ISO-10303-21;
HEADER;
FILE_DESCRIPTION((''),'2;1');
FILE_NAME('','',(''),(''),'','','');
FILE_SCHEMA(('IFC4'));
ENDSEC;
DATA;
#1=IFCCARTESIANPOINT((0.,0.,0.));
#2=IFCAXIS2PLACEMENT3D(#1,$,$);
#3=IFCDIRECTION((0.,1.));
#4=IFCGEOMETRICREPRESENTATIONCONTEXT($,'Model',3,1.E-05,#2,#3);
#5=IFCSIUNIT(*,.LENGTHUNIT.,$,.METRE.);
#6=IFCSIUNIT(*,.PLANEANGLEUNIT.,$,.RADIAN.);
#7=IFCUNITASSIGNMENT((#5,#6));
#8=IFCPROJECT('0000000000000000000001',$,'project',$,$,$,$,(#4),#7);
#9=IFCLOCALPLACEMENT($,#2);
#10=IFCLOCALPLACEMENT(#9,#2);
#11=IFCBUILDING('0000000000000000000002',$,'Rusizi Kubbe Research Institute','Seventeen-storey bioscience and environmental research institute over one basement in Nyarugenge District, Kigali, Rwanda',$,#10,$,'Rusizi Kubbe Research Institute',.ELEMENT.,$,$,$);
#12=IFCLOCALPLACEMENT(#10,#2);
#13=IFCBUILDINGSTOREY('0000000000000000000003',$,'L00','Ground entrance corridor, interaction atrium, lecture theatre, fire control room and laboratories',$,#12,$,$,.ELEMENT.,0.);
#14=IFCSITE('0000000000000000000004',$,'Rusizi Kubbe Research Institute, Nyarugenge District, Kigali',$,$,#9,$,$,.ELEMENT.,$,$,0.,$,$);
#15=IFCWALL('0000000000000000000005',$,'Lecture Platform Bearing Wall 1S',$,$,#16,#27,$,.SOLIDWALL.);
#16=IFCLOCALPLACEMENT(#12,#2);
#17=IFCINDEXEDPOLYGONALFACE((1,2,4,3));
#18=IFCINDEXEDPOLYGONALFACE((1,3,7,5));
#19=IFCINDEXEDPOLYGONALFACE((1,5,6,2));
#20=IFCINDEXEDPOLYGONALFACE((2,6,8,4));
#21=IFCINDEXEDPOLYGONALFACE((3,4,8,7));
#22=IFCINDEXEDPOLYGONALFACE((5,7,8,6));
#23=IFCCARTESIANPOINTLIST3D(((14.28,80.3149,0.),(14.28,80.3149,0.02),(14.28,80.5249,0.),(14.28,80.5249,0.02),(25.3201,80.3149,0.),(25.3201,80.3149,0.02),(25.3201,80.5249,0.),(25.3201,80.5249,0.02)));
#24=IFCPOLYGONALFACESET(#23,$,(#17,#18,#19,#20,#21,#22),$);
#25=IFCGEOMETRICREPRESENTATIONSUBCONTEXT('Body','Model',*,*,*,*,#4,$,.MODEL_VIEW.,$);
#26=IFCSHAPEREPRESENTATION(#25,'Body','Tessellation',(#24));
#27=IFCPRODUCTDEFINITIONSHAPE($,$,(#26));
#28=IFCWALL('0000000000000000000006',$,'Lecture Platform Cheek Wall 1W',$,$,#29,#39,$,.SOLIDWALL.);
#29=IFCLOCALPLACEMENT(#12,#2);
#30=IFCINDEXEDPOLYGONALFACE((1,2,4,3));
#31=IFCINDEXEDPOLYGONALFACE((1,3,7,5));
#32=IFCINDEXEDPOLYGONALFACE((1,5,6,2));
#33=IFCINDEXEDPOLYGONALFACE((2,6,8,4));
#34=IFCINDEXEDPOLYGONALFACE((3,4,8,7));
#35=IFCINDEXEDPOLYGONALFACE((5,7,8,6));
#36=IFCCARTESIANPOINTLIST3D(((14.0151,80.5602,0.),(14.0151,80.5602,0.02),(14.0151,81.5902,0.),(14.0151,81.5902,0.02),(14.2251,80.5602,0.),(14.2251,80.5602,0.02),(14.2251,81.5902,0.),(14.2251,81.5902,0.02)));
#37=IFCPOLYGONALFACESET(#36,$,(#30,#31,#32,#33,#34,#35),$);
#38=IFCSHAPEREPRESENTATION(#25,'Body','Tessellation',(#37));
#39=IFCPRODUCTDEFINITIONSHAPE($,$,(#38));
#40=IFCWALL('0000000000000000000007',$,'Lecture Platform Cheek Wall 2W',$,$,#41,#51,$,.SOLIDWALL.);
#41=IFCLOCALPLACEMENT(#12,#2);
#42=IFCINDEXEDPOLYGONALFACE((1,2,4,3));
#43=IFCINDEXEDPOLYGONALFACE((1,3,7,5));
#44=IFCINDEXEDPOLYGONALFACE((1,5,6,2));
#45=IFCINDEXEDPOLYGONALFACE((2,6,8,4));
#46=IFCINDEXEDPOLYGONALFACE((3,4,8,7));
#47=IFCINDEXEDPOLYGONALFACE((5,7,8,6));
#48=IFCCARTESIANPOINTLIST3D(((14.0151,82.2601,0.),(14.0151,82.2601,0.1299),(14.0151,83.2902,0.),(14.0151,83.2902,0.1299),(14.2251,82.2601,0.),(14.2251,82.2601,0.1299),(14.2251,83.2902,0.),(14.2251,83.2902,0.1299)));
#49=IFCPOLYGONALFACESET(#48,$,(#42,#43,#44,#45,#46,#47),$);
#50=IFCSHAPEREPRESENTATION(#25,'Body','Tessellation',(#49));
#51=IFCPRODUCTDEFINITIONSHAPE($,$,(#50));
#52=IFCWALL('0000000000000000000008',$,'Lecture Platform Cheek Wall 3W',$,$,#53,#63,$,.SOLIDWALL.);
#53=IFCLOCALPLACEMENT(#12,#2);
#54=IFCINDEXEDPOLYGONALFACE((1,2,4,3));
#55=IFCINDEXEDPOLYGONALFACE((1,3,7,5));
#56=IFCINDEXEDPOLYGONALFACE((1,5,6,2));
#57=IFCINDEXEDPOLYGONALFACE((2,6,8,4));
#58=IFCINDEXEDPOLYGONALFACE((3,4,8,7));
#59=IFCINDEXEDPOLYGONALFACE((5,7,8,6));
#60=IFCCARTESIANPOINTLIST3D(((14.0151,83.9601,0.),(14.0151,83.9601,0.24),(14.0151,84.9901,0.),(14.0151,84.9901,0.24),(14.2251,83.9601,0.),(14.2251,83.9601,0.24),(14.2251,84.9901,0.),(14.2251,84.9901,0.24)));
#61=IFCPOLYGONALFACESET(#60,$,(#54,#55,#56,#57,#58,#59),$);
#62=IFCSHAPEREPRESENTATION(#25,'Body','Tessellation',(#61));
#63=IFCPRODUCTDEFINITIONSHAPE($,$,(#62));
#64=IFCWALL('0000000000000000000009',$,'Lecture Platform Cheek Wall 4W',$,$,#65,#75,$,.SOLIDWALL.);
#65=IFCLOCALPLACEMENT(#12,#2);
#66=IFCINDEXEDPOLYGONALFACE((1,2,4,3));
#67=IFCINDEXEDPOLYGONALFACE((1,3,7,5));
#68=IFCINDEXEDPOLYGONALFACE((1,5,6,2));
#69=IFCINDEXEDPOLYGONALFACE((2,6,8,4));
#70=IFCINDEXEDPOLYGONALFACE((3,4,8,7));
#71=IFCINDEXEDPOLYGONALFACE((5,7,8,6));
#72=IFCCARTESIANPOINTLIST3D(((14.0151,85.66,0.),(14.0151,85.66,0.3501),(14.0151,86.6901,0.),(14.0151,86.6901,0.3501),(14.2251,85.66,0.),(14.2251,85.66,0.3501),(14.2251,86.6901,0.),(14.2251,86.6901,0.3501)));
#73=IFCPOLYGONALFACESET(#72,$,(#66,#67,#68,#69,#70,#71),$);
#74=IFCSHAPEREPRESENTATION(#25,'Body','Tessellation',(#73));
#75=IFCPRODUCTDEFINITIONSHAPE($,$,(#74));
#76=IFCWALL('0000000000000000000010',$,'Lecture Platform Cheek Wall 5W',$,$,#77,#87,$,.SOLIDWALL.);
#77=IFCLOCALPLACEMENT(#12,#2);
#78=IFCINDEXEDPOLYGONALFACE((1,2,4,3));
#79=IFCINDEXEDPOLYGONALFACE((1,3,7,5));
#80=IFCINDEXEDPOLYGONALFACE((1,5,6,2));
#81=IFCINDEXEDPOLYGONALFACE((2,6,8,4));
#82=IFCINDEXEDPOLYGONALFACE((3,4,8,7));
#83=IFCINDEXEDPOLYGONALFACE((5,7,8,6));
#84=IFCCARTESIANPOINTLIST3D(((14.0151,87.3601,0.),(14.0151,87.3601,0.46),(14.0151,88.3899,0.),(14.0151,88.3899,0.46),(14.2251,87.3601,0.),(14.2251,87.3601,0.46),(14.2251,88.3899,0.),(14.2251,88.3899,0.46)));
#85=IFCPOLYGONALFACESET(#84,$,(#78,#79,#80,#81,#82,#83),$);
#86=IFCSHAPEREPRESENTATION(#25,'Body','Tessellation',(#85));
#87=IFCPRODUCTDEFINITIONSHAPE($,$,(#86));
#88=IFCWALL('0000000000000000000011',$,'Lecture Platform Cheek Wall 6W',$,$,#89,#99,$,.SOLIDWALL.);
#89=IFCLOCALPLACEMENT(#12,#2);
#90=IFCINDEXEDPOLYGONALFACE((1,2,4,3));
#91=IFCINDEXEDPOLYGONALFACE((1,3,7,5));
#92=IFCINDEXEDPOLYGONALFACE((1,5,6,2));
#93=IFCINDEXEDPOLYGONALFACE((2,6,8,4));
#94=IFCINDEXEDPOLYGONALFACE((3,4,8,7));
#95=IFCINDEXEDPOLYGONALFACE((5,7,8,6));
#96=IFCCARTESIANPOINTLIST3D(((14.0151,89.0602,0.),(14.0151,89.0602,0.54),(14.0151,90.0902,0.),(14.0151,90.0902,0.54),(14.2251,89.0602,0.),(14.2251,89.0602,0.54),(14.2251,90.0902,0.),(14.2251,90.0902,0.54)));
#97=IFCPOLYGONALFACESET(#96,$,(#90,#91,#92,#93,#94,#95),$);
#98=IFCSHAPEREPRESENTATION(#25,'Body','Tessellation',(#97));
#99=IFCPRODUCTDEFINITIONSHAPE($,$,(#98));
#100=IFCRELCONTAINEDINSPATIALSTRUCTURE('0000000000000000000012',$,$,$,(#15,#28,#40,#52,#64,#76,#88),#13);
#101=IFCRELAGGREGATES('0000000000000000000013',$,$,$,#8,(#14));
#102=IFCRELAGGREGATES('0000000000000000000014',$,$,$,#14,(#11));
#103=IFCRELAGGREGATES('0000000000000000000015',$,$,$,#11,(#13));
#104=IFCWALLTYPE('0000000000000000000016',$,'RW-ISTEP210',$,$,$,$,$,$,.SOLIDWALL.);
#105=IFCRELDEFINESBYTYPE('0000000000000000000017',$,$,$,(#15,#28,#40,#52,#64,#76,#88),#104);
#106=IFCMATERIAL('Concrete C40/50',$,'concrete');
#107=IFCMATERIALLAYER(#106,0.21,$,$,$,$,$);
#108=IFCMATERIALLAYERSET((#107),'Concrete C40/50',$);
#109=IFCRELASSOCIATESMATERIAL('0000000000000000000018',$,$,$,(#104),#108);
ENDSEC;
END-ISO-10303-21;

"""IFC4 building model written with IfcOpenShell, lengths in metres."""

from ifc_helpers import new_model, si_unit, direction, frame, frame_2d, origin, place, context, subcontext, project, spatial, rectangle, extrude, material, layer, layer_set, type_object, element, save


model = new_model("IFC4")

# Units and contexts
model_context = context("Model", 3, precision=1e-05, world=origin(), true_north=direction((0.0, 1.0)))
body_context = subcontext(model_context, "Body", "Model", "MODEL_VIEW")
ifc_project = project(units=[si_unit("LENGTHUNIT", "METRE"), si_unit("PLANEANGLEUNIT", "RADIAN")], contexts=[model_context])

# Site, building, storey
site_placement = place(None, origin())
site = spatial("IfcSite", under=ifc_project, at=site_placement, Name="Rusizi Kubbe Research Institute, Nyarugenge District, Kigali", CompositionType="ELEMENT", RefElevation=0.0)
building_placement = place(site_placement, origin())
building = spatial("IfcBuilding", under=site, at=building_placement, Name="Rusizi Kubbe Research Institute", Description="Seventeen-storey bioscience and environmental research institute over one basement in Nyarugenge District, Kigali, Rwanda", LongName="Rusizi Kubbe Research Institute", CompositionType="ELEMENT")
storey_placement = place(building_placement, origin())
storey = spatial("IfcBuildingStorey", under=building, at=storey_placement, Name="L00", Description="Ground entrance corridor, interaction atrium, lecture theatre, fire control room and laboratories", CompositionType="ELEMENT", Elevation=0.0)

# Walls
ifc_material_1 = material(Name="Concrete C40/50", Category="concrete")
ifc_layer_1 = layer(ifc_material_1, 0.21)
ifc_layer_set_1 = layer_set([ifc_layer_1], Name="Concrete C40/50")
wall_type_1 = type_object("IfcWallType", Name="RW-ISTEP210", PredefinedType="SOLIDWALL", material=ifc_layer_set_1)
wall_1_placement = place(storey_placement, frame((14.28, 80.4199, 0.0), z_axis=(0.0, 0.0, 1.0), x_axis=(1.0, 0.0, 0.0)))
element("IfcWall", 1, at=wall_1_placement, inside=storey, type_object=wall_type_1, Name="Lecture Platform Bearing Wall 1S", PredefinedType="SOLIDWALL", context=body_context, shape_type="SweptSolid", body=[
    extrude(rectangle(XDim=11.04, YDim=0.21, at=frame_2d((5.52, 0.0))), origin(), (0.0, 0.0, 1.0), 0.02),
])
wall_2_placement = place(storey_placement, frame((14.1201, 80.5601, 0.0), z_axis=(0.0, 0.0, 1.0), x_axis=(0.0, 1.0, 0.0)))
element("IfcWall", 2, at=wall_2_placement, inside=storey, type_object=wall_type_1, Name="Lecture Platform Cheek Wall 1W", PredefinedType="SOLIDWALL", context=body_context, shape_type="SweptSolid", body=[
    extrude(rectangle(XDim=1.03, YDim=0.21, at=frame_2d((0.5151, 0.0))), origin(), (0.0, 0.0, 1.0), 0.02),
])
wall_3_placement = place(storey_placement, frame((14.1201, 82.26, 0.0), z_axis=(0.0, 0.0, 1.0), x_axis=(0.0, 1.0, 0.0)))
element("IfcWall", 3, at=wall_3_placement, inside=storey, type_object=wall_type_1, Name="Lecture Platform Cheek Wall 2W", PredefinedType="SOLIDWALL", context=body_context, shape_type="SweptSolid", body=[
    extrude(rectangle(XDim=1.03, YDim=0.21, at=frame_2d((0.5151, 0.0))), origin(), (0.0, 0.0, 1.0), 0.1299),
])
wall_4_placement = place(storey_placement, frame((14.1201, 83.96, 0.0), z_axis=(0.0, 0.0, 1.0), x_axis=(0.0, 1.0, 0.0)))
element("IfcWall", 4, at=wall_4_placement, inside=storey, type_object=wall_type_1, Name="Lecture Platform Cheek Wall 3W", PredefinedType="SOLIDWALL", context=body_context, shape_type="SweptSolid", body=[
    extrude(rectangle(XDim=1.03, YDim=0.21, at=frame_2d((0.5151, 0.0))), origin(), (0.0, 0.0, 1.0), 0.24),
])
wall_5_placement = place(storey_placement, frame((14.1201, 85.6599, 0.0), z_axis=(0.0, 0.0, 1.0), x_axis=(0.0, 1.0, 0.0)))
element("IfcWall", 5, at=wall_5_placement, inside=storey, type_object=wall_type_1, Name="Lecture Platform Cheek Wall 4W", PredefinedType="SOLIDWALL", context=body_context, shape_type="SweptSolid", body=[
    extrude(rectangle(XDim=1.03, YDim=0.21, at=frame_2d((0.5151, 0.0))), origin(), (0.0, 0.0, 1.0), 0.3501),
])
wall_6_placement = place(storey_placement, frame((14.1201, 87.3601, 0.0), z_axis=(0.0, 0.0, 1.0), x_axis=(0.0, 1.0, 0.0)))
element("IfcWall", 6, at=wall_6_placement, inside=storey, type_object=wall_type_1, Name="Lecture Platform Cheek Wall 5W", PredefinedType="SOLIDWALL", context=body_context, shape_type="SweptSolid", body=[
    extrude(rectangle(XDim=1.0298, YDim=0.21, at=frame_2d((0.5149, 0.0))), origin(), (0.0, 0.0, 1.0), 0.46),
])
wall_7_placement = place(storey_placement, frame((14.1201, 89.0601, 0.0), z_axis=(0.0, 0.0, 1.0), x_axis=(0.0, 1.0, 0.0)))
element("IfcWall", 7, at=wall_7_placement, inside=storey, type_object=wall_type_1, Name="Lecture Platform Cheek Wall 6W", PredefinedType="SOLIDWALL", context=body_context, shape_type="SweptSolid", body=[
    extrude(rectangle(XDim=1.03, YDim=0.21, at=frame_2d((0.5151, 0.0))), origin(), (0.0, 0.0, 1.0), 0.54),
])

save(model, "model.ifc")
